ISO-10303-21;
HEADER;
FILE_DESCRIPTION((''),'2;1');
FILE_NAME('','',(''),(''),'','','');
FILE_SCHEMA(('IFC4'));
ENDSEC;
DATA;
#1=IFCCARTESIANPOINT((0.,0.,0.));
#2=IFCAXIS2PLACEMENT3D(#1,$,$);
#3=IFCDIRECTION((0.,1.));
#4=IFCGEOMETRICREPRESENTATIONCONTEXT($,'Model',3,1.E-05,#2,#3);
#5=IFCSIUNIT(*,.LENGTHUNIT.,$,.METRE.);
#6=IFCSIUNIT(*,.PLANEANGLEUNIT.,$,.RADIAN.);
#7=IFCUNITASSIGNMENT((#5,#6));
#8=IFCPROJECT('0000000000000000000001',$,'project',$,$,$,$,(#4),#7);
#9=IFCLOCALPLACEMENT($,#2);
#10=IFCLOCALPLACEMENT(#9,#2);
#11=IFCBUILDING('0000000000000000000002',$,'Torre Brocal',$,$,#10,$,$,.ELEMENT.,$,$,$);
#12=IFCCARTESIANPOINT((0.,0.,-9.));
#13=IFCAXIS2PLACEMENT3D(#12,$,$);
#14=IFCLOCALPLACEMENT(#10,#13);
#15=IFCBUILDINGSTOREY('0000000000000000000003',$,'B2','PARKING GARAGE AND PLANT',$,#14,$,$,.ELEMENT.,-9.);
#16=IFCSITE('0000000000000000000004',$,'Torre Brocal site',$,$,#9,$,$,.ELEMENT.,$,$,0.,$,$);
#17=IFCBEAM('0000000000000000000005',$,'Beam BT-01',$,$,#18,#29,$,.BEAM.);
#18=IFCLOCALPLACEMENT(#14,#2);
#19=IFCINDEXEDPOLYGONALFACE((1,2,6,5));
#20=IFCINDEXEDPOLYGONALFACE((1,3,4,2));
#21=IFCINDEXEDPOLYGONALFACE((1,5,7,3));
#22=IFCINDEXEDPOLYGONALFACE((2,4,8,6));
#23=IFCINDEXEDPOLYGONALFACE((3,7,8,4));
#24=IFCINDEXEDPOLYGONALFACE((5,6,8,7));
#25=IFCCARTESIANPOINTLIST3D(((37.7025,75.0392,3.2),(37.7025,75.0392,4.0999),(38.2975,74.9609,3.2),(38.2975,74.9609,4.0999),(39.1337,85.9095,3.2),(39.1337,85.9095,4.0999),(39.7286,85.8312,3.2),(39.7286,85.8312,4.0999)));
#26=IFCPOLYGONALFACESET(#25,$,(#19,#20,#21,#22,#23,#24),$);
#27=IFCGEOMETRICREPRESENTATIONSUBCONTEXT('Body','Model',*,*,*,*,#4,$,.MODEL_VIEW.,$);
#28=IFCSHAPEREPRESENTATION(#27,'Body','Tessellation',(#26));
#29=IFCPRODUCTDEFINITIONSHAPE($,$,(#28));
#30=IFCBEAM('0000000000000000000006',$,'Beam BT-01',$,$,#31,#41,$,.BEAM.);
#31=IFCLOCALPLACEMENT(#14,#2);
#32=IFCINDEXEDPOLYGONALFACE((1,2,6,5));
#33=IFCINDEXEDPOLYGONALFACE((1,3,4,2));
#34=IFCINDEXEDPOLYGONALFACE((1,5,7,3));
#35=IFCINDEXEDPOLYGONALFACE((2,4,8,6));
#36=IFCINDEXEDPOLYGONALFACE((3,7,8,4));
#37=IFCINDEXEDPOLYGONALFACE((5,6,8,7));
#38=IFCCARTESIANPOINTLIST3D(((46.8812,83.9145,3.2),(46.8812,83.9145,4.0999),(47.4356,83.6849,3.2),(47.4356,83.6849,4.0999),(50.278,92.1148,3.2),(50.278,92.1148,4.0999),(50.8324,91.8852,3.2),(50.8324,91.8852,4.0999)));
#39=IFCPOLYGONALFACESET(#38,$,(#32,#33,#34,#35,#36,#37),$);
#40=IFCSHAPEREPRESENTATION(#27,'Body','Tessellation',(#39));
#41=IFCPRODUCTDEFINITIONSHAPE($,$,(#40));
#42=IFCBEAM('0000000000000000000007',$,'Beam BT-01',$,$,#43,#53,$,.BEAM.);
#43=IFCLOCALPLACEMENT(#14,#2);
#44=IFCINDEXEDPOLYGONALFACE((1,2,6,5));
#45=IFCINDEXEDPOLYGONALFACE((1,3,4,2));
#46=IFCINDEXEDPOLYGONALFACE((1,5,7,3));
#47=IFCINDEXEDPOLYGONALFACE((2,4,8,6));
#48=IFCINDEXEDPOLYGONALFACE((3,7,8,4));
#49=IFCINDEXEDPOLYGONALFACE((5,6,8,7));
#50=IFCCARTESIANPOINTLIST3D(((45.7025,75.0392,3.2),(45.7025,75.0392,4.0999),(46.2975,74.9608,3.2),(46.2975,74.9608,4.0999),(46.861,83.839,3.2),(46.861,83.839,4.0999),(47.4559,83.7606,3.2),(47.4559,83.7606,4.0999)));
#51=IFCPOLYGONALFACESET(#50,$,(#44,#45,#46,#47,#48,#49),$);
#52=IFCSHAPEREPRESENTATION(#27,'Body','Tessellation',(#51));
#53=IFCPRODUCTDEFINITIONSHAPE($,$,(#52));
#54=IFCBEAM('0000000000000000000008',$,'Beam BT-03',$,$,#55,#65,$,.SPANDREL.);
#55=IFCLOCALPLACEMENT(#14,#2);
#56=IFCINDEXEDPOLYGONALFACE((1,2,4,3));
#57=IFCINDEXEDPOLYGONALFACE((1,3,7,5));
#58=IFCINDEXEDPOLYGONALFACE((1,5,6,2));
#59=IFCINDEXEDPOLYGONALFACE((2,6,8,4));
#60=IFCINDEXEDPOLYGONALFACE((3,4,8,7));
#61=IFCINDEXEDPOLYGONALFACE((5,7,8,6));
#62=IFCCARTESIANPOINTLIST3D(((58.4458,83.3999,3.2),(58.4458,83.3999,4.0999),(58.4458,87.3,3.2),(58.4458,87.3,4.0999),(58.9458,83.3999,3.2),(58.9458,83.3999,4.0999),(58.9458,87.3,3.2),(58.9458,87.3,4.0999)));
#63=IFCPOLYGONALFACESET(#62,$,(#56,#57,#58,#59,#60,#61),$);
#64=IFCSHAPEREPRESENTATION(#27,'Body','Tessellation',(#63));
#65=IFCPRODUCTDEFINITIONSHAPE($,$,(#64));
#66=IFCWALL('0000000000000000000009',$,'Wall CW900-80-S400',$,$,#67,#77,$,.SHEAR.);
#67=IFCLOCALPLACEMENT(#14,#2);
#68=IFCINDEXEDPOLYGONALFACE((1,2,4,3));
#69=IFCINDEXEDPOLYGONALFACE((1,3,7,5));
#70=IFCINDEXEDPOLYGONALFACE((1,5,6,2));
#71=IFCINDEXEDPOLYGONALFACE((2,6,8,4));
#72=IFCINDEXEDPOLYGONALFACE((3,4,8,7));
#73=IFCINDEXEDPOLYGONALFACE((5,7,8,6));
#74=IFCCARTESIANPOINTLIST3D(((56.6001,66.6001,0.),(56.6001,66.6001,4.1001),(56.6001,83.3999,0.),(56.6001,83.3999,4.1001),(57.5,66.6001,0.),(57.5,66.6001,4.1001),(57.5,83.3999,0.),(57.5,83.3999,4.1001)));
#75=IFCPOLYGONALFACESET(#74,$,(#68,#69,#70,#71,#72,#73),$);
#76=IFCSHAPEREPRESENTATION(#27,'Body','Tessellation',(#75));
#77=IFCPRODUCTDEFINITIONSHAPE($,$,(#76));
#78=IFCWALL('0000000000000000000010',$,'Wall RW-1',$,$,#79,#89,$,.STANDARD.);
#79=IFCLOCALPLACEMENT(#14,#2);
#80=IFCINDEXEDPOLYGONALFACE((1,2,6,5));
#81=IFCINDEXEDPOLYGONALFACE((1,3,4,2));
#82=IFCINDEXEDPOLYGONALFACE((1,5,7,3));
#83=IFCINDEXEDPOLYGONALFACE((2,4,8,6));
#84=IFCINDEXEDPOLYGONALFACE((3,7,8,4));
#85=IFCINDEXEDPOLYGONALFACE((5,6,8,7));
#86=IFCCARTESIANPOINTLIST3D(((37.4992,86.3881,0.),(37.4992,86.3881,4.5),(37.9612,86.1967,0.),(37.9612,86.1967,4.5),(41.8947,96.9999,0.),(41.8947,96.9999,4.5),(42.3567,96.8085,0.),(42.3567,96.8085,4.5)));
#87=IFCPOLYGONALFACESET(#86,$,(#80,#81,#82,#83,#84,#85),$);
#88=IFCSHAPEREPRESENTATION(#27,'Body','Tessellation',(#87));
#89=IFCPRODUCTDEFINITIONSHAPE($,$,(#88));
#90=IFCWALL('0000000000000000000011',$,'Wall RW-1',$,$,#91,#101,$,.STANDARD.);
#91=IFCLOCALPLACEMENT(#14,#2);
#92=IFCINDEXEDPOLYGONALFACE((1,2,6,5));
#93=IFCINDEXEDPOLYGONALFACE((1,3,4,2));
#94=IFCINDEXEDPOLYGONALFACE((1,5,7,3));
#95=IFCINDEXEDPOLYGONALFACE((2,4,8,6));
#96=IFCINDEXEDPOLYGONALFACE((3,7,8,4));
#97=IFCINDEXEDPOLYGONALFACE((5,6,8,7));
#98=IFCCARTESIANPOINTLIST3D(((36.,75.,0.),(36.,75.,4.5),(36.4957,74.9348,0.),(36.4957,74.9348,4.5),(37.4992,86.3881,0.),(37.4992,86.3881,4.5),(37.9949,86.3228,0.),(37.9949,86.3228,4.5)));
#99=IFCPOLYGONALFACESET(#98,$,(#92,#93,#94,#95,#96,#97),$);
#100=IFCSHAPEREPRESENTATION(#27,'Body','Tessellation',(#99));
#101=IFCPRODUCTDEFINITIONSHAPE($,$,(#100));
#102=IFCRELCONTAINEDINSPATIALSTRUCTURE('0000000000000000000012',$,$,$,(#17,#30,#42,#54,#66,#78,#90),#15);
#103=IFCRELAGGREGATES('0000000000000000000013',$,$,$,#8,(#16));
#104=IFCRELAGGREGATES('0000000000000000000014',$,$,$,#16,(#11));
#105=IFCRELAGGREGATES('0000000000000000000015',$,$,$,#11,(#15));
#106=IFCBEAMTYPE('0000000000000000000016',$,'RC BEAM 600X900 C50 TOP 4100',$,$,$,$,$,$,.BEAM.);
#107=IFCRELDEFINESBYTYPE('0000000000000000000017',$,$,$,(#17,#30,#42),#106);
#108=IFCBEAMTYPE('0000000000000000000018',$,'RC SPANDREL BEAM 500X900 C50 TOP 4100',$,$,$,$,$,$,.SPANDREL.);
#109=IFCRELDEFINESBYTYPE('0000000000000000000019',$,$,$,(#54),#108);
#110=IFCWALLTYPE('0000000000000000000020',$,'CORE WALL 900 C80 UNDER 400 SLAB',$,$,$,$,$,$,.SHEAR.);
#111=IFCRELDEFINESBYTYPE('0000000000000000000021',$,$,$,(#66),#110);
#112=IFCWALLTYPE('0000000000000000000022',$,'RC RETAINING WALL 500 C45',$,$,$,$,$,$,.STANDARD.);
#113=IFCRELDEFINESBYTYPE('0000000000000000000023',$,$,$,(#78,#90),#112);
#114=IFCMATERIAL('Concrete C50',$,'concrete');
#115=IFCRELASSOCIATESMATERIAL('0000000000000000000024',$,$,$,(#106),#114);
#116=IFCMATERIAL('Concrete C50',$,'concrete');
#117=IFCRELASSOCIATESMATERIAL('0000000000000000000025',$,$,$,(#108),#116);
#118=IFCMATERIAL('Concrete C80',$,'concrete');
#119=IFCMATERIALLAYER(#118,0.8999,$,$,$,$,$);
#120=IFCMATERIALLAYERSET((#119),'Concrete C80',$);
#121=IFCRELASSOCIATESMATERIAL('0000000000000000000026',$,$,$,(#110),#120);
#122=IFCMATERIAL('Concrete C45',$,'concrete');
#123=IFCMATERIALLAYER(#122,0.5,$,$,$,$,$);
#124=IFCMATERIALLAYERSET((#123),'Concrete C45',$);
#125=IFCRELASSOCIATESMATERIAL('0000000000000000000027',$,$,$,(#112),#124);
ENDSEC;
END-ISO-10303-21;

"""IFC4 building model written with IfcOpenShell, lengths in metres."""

from ifc_helpers import new_model, si_unit, direction, frame, frame_2d, origin, origin_2d, place, context, subcontext, project, spatial, rectangle, extrude, material, layer, layer_set, material_profile, profile_set, type_object, element, save


model = new_model("IFC4")

# Units and contexts
model_context = context("Model", 3, precision=1e-05, world=origin(), true_north=direction((0.0, 1.0)))
body_context = subcontext(model_context, "Body", "Model", "MODEL_VIEW")
ifc_project = project(units=[si_unit("LENGTHUNIT", "METRE"), si_unit("PLANEANGLEUNIT", "RADIAN")], contexts=[model_context])

# Site, building, storey
site_placement = place(None, origin())
site = spatial("IfcSite", under=ifc_project, at=site_placement, Name="Torre Brocal site", CompositionType="ELEMENT", RefElevation=0.0)
building_placement = place(site_placement, origin())
building = spatial("IfcBuilding", under=site, at=building_placement, Name="Torre Brocal", CompositionType="ELEMENT")
storey_placement = place(building_placement, frame((0.0, 0.0, -9.0)))
storey = spatial("IfcBuildingStorey", under=building, at=storey_placement, Name="B2", Description="PARKING GARAGE AND PLANT", CompositionType="ELEMENT", Elevation=-9.0)

# Beams
ifc_material_1 = material(Name="Concrete C50", Category="concrete")
ifc_material_profile_1 = material_profile(ifc_material_1, rectangle(XDim=0.6001, YDim=0.8999, at=origin_2d()), Name="RC 600X900")
ifc_profile_set_1 = profile_set([ifc_material_profile_1], Name="Concrete C50")
beam_type_1 = type_object("IfcBeamType", Name="RC BEAM 600X900 C50 TOP 4100", PredefinedType="BEAM", material=ifc_profile_set_1)
for number, where, z_axis, x_axis, name in (
    (1, (39.4312, 85.8704, 3.6499), (-0.13053, -0.991444, 0.0), (0.991444, -0.13053, 0.0), "Beam BT-01"),
):
    element("IfcBeam", number, at=place(storey_placement, frame(where, z_axis=z_axis, x_axis=x_axis)), inside=storey, type_object=beam_type_1, Name=name, PredefinedType="BEAM", context=body_context, shape_type="SweptSolid", body=[
        extrude(rectangle(XDim=0.6001, YDim=0.8999, at=origin_2d()), origin(), (0.0, 0.0, 1.0), 10.9641),
    ])
beam_1_placement = place(storey_placement, frame((50.5552, 92.0, 3.6499), z_axis=(-0.382693, -0.923876, 0.0), x_axis=(0.923876, -0.382693, 0.0)))
element("IfcBeam", 2, at=beam_1_placement, inside=storey, type_object=beam_type_1, Name="Beam BT-01", PredefinedType="BEAM", context=body_context, shape_type="SweptSolid", body=[
    extrude(rectangle(XDim=0.6001, YDim=0.8999, at=origin_2d()), origin(), (0.0, 0.0, 1.0), 8.876),
])
beam_2_placement = place(storey_placement, frame((47.1584, 83.7998, 3.6499), z_axis=(-0.130519, -0.991446, 0.0), x_axis=(0.991446, -0.130519, 0.0)))
element("IfcBeam", 3, at=beam_2_placement, inside=storey, type_object=beam_type_1, Name="Beam BT-01", PredefinedType="BEAM", context=body_context, shape_type="SweptSolid", body=[
    extrude(rectangle(XDim=0.6001, YDim=0.8999, at=origin_2d()), origin(), (0.0, 0.0, 1.0), 8.8757),
])
ifc_material_2 = material(Name="Concrete C50", Category="concrete")
ifc_material_profile_2 = material_profile(ifc_material_2, rectangle(XDim=0.5, YDim=0.8999, at=origin_2d()), Name="RC 500X900")
ifc_profile_set_2 = profile_set([ifc_material_profile_2], Name="Concrete C50")
beam_type_2 = type_object("IfcBeamType", Name="RC SPANDREL BEAM 500X900 C50 TOP 4100", PredefinedType="SPANDREL", material=ifc_profile_set_2)
beam_3_placement = place(storey_placement, frame((58.6958, 87.3, 3.6499), z_axis=(0.0, -1.0, 0.0), x_axis=(1.0, 0.0, 0.0)))
element("IfcBeam", 4, at=beam_3_placement, inside=storey, type_object=beam_type_2, Name="Beam BT-03", PredefinedType="SPANDREL", context=body_context, shape_type="SweptSolid", body=[
    extrude(rectangle(XDim=0.5, YDim=0.8999, at=origin_2d()), origin(), (0.0, 0.0, 1.0), 3.9001),
])

# Walls
ifc_material_3 = material(Name="Concrete C80", Category="concrete")
ifc_layer_1 = layer(ifc_material_3, 0.8999)
ifc_layer_set_1 = layer_set([ifc_layer_1], Name="Concrete C80")
wall_type_1 = type_object("IfcWallType", Name="CORE WALL 900 C80 UNDER 400 SLAB", PredefinedType="SHEAR", material=ifc_layer_set_1)
wall_1_placement = place(storey_placement, frame((57.05, 83.3999, 0.0), z_axis=(0.0, 0.0, 1.0), x_axis=(0.0, -1.0, 0.0)))
element("IfcWall", 5, at=wall_1_placement, inside=storey, type_object=wall_type_1, Name="Wall CW900-80-S400", PredefinedType="SHEAR", context=body_context, shape_type="SweptSolid", body=[
    extrude(rectangle(XDim=16.7998, YDim=0.8999, at=frame_2d((8.3999, 0.0))), origin(), (0.0, 0.0, 1.0), 4.1001),
])
ifc_material_4 = material(Name="Concrete C45", Category="concrete")
ifc_layer_2 = layer(ifc_material_4, 0.5)
ifc_layer_set_2 = layer_set([ifc_layer_2], Name="Concrete C45")
wall_type_2 = type_object("IfcWallType", Name="RC RETAINING WALL 500 C45", PredefinedType="STANDARD", material=ifc_layer_set_2)
wall_2_placement = place(storey_placement, frame((42.1257, 96.9043, 0.0), z_axis=(0.0, 0.0, 1.0), x_axis=(-0.38268, -0.923881, 0.0)))
element("IfcWall", 6, at=wall_2_placement, inside=storey, type_object=wall_type_2, Name="Wall RW-1", PredefinedType="STANDARD", context=body_context, shape_type="SweptSolid", body=[
    extrude(rectangle(XDim=11.4861, YDim=0.5, at=frame_2d((5.7432, 0.0))), origin(), (0.0, 0.0, 1.0), 4.5),
])
wall_3_placement = place(storey_placement, frame((37.7471, 86.3555, 0.0), z_axis=(0.0, 0.0, 1.0), x_axis=(-0.130525, -0.991445, 0.0)))
element("IfcWall", 7, at=wall_3_placement, inside=storey, type_object=wall_type_2, Name="Wall RW-1", PredefinedType="STANDARD", context=body_context, shape_type="SweptSolid", body=[
    extrude(rectangle(XDim=11.4863, YDim=0.5, at=frame_2d((5.7432, 0.0))), origin(), (0.0, 0.0, 1.0), 4.5),
])

save(model, "model.ifc")
